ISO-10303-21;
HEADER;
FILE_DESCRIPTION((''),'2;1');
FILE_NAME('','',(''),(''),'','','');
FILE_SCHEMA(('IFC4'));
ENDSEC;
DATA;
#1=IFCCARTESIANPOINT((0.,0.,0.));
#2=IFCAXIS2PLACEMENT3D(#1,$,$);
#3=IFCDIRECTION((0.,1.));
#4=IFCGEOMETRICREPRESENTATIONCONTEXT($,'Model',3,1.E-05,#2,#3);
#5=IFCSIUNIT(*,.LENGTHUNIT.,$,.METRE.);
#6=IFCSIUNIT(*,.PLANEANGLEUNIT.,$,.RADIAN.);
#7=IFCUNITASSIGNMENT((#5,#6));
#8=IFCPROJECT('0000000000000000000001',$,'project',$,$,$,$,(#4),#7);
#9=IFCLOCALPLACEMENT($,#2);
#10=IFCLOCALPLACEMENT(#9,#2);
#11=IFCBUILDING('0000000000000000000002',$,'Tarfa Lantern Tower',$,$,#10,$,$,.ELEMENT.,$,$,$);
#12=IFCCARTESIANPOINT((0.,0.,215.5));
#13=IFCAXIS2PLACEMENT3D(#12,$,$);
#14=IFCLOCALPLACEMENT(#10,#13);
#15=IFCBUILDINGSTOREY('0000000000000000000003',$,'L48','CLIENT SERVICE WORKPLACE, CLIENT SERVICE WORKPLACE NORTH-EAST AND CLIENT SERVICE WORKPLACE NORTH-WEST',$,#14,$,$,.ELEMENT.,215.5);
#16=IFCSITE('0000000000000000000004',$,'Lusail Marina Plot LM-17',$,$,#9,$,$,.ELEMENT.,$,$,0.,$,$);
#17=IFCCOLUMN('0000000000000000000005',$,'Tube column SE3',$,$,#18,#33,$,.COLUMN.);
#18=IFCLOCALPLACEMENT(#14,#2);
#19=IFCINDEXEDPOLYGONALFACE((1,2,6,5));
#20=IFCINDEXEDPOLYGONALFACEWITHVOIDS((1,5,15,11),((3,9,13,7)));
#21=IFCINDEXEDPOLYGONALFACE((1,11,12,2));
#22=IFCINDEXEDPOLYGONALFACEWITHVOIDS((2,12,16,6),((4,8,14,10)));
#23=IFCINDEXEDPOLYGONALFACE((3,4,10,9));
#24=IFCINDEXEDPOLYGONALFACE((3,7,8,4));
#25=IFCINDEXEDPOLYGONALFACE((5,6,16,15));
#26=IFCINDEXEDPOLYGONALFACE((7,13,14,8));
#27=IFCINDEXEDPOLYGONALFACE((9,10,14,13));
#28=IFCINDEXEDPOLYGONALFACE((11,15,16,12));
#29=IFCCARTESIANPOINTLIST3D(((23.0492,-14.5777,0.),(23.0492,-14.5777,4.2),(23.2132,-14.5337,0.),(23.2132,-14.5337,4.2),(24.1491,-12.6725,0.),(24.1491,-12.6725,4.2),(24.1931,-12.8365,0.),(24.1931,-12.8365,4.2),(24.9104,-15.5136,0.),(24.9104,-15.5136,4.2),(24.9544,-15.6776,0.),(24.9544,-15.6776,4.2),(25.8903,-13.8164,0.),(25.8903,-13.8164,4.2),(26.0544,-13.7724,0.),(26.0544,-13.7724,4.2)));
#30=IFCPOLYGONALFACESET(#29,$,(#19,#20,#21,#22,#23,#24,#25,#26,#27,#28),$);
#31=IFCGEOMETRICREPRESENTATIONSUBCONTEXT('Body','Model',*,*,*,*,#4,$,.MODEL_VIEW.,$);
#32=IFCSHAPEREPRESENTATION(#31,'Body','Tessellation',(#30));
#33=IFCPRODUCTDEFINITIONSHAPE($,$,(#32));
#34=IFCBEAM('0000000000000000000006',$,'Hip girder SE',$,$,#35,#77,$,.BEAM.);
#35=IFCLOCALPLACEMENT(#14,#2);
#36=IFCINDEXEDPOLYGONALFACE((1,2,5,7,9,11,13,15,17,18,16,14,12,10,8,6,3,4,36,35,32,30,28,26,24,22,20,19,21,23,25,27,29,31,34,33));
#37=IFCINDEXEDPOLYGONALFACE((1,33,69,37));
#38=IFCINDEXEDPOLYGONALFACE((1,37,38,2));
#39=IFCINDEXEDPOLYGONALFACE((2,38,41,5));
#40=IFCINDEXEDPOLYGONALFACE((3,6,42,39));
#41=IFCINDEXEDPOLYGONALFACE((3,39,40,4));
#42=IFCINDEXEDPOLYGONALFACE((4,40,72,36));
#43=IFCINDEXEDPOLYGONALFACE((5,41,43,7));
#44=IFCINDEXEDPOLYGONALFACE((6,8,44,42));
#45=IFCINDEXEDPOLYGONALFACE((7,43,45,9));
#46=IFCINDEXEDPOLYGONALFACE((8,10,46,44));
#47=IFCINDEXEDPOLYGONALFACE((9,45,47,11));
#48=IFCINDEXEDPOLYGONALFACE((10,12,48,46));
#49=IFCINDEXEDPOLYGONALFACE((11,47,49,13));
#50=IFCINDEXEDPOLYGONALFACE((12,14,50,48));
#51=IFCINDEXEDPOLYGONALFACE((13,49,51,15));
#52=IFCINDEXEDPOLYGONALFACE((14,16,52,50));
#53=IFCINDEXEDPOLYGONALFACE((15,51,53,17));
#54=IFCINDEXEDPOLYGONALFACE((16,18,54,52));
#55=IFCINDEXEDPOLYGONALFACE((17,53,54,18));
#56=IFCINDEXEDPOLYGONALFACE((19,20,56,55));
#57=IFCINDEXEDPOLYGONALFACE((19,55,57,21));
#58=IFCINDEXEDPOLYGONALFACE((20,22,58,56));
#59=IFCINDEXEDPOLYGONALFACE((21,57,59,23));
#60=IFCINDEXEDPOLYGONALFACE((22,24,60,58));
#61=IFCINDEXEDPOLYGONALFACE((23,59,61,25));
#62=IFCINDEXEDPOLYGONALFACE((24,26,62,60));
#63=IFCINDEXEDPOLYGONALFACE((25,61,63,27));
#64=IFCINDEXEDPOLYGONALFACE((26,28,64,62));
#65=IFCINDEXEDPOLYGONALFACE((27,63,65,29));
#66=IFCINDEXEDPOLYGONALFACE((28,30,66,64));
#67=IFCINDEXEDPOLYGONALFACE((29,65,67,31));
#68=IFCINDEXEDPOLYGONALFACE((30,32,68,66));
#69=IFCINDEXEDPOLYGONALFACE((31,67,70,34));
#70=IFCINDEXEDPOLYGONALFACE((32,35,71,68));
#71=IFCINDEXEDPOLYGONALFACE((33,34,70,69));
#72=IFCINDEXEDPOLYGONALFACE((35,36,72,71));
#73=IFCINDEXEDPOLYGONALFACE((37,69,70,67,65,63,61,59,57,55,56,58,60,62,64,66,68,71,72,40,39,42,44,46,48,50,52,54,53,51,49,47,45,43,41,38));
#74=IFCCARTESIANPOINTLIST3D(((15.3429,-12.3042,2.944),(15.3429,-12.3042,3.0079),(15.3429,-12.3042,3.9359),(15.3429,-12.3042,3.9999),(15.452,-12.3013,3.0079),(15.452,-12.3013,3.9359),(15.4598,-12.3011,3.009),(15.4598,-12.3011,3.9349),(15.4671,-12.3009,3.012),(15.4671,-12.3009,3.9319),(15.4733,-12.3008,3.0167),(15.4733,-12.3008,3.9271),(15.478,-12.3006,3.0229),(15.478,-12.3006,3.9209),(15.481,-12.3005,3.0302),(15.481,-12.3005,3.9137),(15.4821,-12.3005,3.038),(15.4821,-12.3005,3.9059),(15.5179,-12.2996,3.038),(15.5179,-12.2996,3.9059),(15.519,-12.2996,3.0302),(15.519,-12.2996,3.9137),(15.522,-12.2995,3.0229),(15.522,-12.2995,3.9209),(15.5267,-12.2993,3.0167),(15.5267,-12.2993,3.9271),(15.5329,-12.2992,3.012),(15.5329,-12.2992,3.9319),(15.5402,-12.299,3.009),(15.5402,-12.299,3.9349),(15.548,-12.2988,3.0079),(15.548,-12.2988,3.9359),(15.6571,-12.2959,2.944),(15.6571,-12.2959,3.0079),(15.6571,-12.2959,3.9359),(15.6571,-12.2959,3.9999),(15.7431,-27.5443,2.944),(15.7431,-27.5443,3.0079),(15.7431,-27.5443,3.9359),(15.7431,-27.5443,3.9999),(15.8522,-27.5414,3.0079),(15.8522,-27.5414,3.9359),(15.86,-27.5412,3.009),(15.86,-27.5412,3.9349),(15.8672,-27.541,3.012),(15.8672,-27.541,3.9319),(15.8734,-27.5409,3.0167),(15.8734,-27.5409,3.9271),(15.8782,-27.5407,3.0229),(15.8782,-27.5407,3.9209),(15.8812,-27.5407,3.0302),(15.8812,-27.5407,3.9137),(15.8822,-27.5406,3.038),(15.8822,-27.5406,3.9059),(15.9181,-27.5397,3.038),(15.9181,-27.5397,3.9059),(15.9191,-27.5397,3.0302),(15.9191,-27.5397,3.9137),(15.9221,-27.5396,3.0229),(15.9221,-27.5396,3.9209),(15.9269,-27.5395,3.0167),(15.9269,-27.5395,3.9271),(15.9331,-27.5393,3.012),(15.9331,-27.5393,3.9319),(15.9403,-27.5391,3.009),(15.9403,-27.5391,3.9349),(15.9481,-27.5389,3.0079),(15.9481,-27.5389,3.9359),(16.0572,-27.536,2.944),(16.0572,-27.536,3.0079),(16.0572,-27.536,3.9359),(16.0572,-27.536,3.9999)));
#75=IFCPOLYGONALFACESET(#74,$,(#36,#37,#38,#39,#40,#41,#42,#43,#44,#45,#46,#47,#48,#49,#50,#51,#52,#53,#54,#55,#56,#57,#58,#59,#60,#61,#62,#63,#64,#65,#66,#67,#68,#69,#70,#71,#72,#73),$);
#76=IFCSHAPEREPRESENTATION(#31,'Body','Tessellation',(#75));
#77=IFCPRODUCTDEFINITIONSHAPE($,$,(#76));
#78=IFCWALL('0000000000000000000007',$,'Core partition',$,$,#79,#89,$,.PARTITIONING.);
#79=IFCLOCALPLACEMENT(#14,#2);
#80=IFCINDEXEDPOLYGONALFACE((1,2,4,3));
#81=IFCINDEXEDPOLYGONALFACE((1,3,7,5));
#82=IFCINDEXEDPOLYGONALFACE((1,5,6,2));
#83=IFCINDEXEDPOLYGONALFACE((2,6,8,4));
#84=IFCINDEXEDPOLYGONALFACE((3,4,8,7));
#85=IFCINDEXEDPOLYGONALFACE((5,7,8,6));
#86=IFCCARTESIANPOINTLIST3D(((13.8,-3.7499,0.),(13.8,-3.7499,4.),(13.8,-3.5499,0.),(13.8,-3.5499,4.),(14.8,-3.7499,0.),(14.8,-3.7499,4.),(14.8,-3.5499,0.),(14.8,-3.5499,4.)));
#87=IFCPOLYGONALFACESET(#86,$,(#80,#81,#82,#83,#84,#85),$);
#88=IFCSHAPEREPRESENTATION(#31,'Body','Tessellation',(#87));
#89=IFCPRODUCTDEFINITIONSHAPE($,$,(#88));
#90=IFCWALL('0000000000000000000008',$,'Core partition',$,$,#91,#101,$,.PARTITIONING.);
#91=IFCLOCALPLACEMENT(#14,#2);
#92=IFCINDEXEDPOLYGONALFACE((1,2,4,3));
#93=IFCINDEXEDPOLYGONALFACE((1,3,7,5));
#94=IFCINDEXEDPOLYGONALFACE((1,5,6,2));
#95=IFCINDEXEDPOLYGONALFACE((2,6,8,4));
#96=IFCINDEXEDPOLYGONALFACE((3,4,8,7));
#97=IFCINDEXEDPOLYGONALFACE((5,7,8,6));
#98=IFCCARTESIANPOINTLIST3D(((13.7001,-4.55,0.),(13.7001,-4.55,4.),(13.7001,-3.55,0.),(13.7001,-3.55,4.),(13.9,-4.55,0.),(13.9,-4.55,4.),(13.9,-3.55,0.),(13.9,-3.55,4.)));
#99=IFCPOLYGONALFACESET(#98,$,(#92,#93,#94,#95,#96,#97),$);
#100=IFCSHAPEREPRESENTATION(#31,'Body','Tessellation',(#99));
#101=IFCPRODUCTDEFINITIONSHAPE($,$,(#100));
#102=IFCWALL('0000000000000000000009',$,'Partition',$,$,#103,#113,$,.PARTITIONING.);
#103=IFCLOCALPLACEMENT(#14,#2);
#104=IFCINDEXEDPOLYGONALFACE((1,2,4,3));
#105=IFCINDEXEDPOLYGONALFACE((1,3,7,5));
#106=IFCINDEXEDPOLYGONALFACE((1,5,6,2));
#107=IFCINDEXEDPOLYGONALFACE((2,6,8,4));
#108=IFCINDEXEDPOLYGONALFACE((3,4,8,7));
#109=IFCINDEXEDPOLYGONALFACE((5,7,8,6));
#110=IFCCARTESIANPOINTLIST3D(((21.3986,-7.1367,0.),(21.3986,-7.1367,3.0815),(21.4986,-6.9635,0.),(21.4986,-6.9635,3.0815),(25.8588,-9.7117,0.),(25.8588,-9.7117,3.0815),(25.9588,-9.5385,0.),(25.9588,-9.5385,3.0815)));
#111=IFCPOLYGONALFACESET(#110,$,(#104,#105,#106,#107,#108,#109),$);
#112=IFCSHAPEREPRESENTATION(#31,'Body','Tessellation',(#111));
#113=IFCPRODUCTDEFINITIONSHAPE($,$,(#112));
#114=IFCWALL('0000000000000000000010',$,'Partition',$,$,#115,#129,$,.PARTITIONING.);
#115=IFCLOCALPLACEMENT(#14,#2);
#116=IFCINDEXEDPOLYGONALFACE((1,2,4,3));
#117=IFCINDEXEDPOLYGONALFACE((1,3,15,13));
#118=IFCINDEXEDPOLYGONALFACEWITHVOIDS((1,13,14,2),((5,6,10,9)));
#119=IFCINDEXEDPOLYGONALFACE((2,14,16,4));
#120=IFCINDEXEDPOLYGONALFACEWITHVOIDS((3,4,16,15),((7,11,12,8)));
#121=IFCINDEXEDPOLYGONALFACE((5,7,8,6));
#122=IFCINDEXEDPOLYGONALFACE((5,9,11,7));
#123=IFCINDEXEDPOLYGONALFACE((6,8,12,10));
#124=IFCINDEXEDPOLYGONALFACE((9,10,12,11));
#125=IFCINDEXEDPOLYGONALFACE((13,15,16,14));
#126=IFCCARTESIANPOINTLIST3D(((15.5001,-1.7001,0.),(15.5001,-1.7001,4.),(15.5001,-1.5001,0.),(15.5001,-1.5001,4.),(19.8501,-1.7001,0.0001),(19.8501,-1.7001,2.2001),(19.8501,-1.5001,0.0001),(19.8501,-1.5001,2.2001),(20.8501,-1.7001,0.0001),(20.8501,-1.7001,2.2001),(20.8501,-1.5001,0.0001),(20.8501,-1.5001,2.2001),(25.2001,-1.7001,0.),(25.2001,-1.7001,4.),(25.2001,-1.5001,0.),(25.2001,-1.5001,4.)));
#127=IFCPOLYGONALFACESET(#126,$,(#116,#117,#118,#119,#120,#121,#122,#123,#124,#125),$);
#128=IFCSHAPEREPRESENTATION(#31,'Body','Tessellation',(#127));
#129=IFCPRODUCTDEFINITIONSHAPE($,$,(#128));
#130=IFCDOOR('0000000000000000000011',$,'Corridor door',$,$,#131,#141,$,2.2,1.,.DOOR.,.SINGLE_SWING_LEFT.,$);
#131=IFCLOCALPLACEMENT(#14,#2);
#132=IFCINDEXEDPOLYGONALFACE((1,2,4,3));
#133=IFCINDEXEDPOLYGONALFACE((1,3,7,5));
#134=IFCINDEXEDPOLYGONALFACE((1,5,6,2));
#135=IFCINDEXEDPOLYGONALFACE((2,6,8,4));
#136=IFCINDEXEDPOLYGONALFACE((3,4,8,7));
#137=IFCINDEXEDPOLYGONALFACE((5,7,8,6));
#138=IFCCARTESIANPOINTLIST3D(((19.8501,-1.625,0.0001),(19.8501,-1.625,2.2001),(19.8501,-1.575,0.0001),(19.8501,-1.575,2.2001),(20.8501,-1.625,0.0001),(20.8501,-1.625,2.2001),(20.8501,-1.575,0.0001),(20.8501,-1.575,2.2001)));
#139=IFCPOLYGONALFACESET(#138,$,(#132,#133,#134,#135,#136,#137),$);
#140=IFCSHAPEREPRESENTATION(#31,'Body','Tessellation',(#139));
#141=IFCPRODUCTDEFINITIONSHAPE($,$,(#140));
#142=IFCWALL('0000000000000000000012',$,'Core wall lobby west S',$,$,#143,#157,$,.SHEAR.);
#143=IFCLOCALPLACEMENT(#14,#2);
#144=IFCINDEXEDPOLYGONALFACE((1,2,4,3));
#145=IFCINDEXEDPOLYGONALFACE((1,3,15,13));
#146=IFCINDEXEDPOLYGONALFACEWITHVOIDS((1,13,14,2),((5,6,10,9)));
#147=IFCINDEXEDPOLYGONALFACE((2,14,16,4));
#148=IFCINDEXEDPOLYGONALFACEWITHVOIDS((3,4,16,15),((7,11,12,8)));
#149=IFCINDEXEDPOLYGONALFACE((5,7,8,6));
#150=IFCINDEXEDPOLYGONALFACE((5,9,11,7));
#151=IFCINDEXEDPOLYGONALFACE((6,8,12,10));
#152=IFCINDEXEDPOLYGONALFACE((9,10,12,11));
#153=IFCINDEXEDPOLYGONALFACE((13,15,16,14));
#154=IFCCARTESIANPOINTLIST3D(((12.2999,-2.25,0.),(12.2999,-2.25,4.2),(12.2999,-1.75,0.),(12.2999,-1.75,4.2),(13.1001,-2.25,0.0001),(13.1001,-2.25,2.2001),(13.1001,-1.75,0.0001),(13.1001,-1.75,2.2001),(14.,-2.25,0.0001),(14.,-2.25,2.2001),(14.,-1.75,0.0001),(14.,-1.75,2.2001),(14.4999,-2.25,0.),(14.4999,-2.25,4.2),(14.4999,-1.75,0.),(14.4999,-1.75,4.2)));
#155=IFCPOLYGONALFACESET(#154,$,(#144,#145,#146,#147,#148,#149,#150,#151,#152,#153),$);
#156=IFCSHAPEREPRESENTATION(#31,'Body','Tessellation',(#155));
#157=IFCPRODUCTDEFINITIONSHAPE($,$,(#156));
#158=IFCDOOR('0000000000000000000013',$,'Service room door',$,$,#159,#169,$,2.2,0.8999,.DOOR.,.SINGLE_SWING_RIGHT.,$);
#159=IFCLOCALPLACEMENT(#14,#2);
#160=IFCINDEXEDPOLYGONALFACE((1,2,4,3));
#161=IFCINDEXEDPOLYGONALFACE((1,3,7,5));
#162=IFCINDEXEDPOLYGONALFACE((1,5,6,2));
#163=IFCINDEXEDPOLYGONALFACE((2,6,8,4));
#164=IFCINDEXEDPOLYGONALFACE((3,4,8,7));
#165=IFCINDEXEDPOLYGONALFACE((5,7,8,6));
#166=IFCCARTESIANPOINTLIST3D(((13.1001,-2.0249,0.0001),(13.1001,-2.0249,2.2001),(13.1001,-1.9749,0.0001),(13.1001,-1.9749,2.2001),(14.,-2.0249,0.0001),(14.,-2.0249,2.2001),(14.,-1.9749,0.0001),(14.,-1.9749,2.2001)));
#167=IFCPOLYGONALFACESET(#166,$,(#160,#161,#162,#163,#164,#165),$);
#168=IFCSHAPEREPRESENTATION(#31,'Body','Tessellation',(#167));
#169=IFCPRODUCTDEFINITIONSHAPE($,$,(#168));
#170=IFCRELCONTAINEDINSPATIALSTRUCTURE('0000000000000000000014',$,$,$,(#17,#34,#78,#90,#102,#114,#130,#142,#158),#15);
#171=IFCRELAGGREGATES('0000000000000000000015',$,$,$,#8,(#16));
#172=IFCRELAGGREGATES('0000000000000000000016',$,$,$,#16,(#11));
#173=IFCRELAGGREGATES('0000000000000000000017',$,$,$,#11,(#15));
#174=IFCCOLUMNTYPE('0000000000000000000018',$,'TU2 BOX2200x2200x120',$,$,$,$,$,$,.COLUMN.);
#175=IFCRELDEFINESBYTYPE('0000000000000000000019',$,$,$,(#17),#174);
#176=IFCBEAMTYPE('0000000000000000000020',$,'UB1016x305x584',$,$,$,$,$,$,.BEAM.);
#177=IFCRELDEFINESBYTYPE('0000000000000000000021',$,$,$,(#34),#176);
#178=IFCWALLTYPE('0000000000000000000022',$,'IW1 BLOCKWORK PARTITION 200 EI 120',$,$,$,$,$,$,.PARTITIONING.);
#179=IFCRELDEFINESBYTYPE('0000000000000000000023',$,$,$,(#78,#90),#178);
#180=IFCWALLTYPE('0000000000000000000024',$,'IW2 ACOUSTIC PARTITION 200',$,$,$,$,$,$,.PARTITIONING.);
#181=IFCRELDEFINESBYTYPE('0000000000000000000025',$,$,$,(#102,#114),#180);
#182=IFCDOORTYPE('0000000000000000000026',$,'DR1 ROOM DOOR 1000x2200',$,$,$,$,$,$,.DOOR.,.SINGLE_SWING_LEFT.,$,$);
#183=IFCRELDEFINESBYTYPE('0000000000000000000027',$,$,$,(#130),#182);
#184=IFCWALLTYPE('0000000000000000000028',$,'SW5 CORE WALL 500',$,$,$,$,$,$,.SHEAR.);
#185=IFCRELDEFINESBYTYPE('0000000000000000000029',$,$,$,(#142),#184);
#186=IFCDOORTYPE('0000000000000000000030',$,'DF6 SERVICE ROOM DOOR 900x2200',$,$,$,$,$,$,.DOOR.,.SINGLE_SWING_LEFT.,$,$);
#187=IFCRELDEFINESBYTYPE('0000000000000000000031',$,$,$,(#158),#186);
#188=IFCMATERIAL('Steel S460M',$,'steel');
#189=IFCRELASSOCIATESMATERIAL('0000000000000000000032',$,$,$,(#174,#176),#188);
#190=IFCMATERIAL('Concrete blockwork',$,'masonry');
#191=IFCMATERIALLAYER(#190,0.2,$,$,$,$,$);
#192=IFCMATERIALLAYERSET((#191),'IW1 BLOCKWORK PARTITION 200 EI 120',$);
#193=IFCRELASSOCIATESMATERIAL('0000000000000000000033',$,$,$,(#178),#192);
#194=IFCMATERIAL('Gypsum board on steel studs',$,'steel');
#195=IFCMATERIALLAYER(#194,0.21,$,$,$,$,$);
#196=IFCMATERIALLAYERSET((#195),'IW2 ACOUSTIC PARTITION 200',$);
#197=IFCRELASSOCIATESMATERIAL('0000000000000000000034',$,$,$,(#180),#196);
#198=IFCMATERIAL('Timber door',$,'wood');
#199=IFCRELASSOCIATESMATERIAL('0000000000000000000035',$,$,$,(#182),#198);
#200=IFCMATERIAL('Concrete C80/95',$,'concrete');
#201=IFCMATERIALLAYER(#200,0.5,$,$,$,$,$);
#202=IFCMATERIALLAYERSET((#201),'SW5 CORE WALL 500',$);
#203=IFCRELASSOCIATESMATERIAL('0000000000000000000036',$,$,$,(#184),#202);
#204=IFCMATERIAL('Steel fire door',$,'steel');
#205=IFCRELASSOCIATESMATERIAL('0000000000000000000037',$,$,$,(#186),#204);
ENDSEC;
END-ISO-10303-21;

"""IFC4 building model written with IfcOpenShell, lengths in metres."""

from ifc_helpers import new_model, si_unit, direction, frame, frame_2d, origin, origin_2d, place, context, subcontext, project, spatial, rectangle, hollow_rectangle, i_section, extrude, material, layer, layer_set, material_profile, profile_set, type_object, element, fill, save


model = new_model("IFC4")

# Units and contexts
model_context = context("Model", 3, precision=1e-05, world=origin(), true_north=direction((0.0, 1.0)))
body_context = subcontext(model_context, "Body", "Model", "MODEL_VIEW")
ifc_project = project(units=[si_unit("LENGTHUNIT", "METRE"), si_unit("PLANEANGLEUNIT", "RADIAN")], contexts=[model_context])

# Site, building, storey
site_placement = place(None, origin())
site = spatial("IfcSite", under=ifc_project, at=site_placement, Name="Lusail Marina Plot LM-17", CompositionType="ELEMENT", RefElevation=0.0)
building_placement = place(site_placement, origin())
building = spatial("IfcBuilding", under=site, at=building_placement, Name="Tarfa Lantern Tower", CompositionType="ELEMENT")
storey_placement = place(building_placement, frame((0.0, 0.0, 215.5)))
storey = spatial("IfcBuildingStorey", under=building, at=storey_placement, Name="L48", Description="CLIENT SERVICE WORKPLACE, CLIENT SERVICE WORKPLACE NORTH-EAST AND CLIENT SERVICE WORKPLACE NORTH-WEST", CompositionType="ELEMENT", Elevation=215.5)

# Column
ifc_material_1 = material(Name="Steel S460M", Category="steel")
ifc_material_profile_1 = material_profile(ifc_material_1, hollow_rectangle(XDim=2.2, YDim=2.2, WallThickness=0.1201, at=origin_2d()), Name="BOX2200x2200x120")
ifc_profile_set_1 = profile_set([ifc_material_profile_1], Name="Steel S460M")
column_type = type_object("IfcColumnType", Name="TU2 BOX2200x2200x120", PredefinedType="COLUMN", material=ifc_profile_set_1)
column_placement = place(storey_placement, frame((24.5518, -14.175, 0.0), z_axis=(0.0, 0.0, 1.0), x_axis=(0.5, 0.866025, 0.0)))
element("IfcColumn", 1, at=column_placement, inside=storey, type_object=column_type, Name="Tube column SE3", PredefinedType="COLUMN", context=body_context, shape_type="SweptSolid", body=[
    extrude(hollow_rectangle(XDim=2.2, YDim=2.2, WallThickness=0.1201, at=origin_2d()), origin(), (0.0, 0.0, 1.0), 4.2),
])

# Beam
ifc_material_profile_2 = material_profile(ifc_material_1, i_section(OverallWidth=0.3142, OverallDepth=1.0559, WebThickness=0.0359, FlangeThickness=0.064, FilletRadius=0.03, at=origin_2d()), Name="UB1016x305x584")
ifc_profile_set_2 = profile_set([ifc_material_profile_2], Name="Steel S460M")
beam_type = type_object("IfcBeamType", Name="UB1016x305x584", PredefinedType="BEAM", material=ifc_profile_set_2)
beam_placement = place(storey_placement, frame((15.5, -12.3, 3.4719), z_axis=(0.026247, -0.999655, 0.0), x_axis=(0.999655, 0.026247, 0.0)))
element("IfcBeam", 2, at=beam_placement, inside=storey, type_object=beam_type, Name="Hip girder SE", PredefinedType="BEAM", context=body_context, shape_type="SweptSolid", body=[
    extrude(i_section(OverallWidth=0.3142, OverallDepth=1.0559, WebThickness=0.0359, FlangeThickness=0.064, FilletRadius=0.03, at=origin_2d()), origin(), (0.0, 0.0, 1.0), 15.2454),
])

# Walls
ifc_material_2 = material(Name="Concrete blockwork", Category="masonry")
ifc_layer_1 = layer(ifc_material_2, 0.2)
ifc_layer_set_1 = layer_set([ifc_layer_1], Name="IW1 BLOCKWORK PARTITION 200 EI 120")
wall_type_1 = type_object("IfcWallType", Name="IW1 BLOCKWORK PARTITION 200 EI 120", PredefinedType="PARTITIONING", material=ifc_layer_set_1)
for number, where, z_axis, x_axis, name in (
    (3, (14.8, -3.6499, 0.0), (0.0, 0.0, 1.0), (-1.0, 0.0, 0.0), "Core partition"),
    (4, (13.8, -3.55, 0.0), (0.0, 0.0, 1.0), (0.0, -1.0, 0.0), "Core partition"),
):
    element("IfcWall", number, at=place(storey_placement, frame(where, z_axis=z_axis, x_axis=x_axis)), inside=storey, type_object=wall_type_1, Name=name, PredefinedType="PARTITIONING", context=body_context, shape_type="SweptSolid", body=[
        extrude(rectangle(XDim=1.0, YDim=0.2, at=frame_2d((0.5, 0.0))), origin(), (0.0, 0.0, 1.0), 4.0),
    ])
ifc_material_3 = material(Name="Gypsum board on steel studs", Category="steel")
ifc_layer_2 = layer(ifc_material_3, 0.21)
ifc_layer_set_2 = layer_set([ifc_layer_2], Name="IW2 ACOUSTIC PARTITION 200")
wall_type_2 = type_object("IfcWallType", Name="IW2 ACOUSTIC PARTITION 200", PredefinedType="PARTITIONING", material=ifc_layer_set_2)
wall_1_placement = place(storey_placement, frame((21.4485, -7.05, 0.0), z_axis=(0.0, 0.0, 1.0), x_axis=(0.866038, -0.499978, 0.0)))
element("IfcWall", 5, at=wall_1_placement, inside=storey, type_object=wall_type_2, Name="Partition", PredefinedType="PARTITIONING", context=body_context, shape_type="SweptSolid", body=[
    extrude(rectangle(XDim=5.1501, YDim=0.2, at=frame_2d((2.5752, 0.0))), origin(), (0.0, 0.0, 1.0), 3.0815),
])

# Walls, openings, doors
wall_2_placement = place(storey_placement, frame((15.5, -1.6001, 0.0), z_axis=(0.0, 0.0, 1.0), x_axis=(1.0, 0.0, 0.0)))
wall_2 = element("IfcWall", 6, at=wall_2_placement, inside=storey, type_object=wall_type_2, Name="Partition", PredefinedType="PARTITIONING", context=body_context, shape_type="SweptSolid", body=[
    extrude(rectangle(XDim=9.7, YDim=0.2, at=frame_2d((4.8501, 0.0))), origin(), (0.0, 0.0, 1.0), 4.0),
])
opening_1_placement = place(wall_2_placement, frame((4.3501, 0.0, 0.0)))
opening_1 = element("IfcOpeningElement", 7, at=opening_1_placement, cuts=wall_2, PredefinedType="OPENING", context=body_context, shape_type="SweptSolid", body=[
    extrude(rectangle(XDim=1.0, YDim=2.2, at=frame_2d((0.5, 1.1001))), frame((0.0, 0.1099, 0.0), z_axis=(0.0, -1.0, 0.0), x_axis=(1.0, 0.0, 0.0)), (0.0, 0.0, 1.0), 0.22),
])
ifc_material_4 = material(Name="Timber door", Category="wood")
door_type_1 = type_object("IfcDoorType", Name="DR1 ROOM DOOR 1000x2200", OperationType="SINGLE_SWING_LEFT", PredefinedType="DOOR", material=ifc_material_4)
door_1_placement = place(opening_1_placement, frame((1.0, 0.0, 0.0), z_axis=(0.0, 0.0, 1.0), x_axis=(-1.0, 0.0, 0.0)))
door_1 = element("IfcDoor", 8, at=door_1_placement, inside=storey, type_object=door_type_1, Name="Corridor door", OperationType="SINGLE_SWING_LEFT", OverallHeight=2.2, OverallWidth=1.0, PredefinedType="DOOR", context=body_context, shape_type="SweptSolid", body=[
    extrude(rectangle(XDim=1.0, YDim=2.2, at=frame_2d((0.5, 1.1001))), frame((0.0, 0.0249, 0.0), z_axis=(0.0, -1.0, 0.0), x_axis=(1.0, 0.0, 0.0)), (0.0, 0.0, 1.0), 0.05),
])
fill(opening_1, door_1)
ifc_material_5 = material(Name="Concrete C80/95", Category="concrete")
ifc_material_6 = material(Name="Steel fire door", Category="steel")
ifc_layer_3 = layer(ifc_material_5, 0.5)
ifc_layer_set_3 = layer_set([ifc_layer_3], Name="SW5 CORE WALL 500")
wall_type_3 = type_object("IfcWallType", Name="SW5 CORE WALL 500", PredefinedType="SHEAR", material=ifc_layer_set_3)
wall_3_placement = place(storey_placement, frame((14.5, -2.0, 0.0), z_axis=(0.0, 0.0, 1.0), x_axis=(-1.0, 0.0, 0.0)))
wall_3 = element("IfcWall", 9, at=wall_3_placement, inside=storey, type_object=wall_type_3, Name="Core wall lobby west S", PredefinedType="SHEAR", context=body_context, shape_type="SweptSolid", body=[
    extrude(rectangle(XDim=2.2, YDim=0.5, at=frame_2d((1.1001, 0.0))), origin(), (0.0, 0.0, 1.0), 4.2),
])
opening_2_placement = place(wall_3_placement, frame((0.5, 0.0, 0.0)))
opening_2 = element("IfcOpeningElement", 10, at=opening_2_placement, cuts=wall_3, PredefinedType="OPENING", context=body_context, shape_type="SweptSolid", body=[
    extrude(rectangle(XDim=0.8999, YDim=2.2, at=frame_2d((0.45, 1.1001))), frame((0.0, 0.26, 0.0), z_axis=(0.0, -1.0, 0.0), x_axis=(1.0, 0.0, 0.0)), (0.0, 0.0, 1.0), 0.52),
])
door_type_2 = type_object("IfcDoorType", Name="DF6 SERVICE ROOM DOOR 900x2200", OperationType="SINGLE_SWING_LEFT", PredefinedType="DOOR", material=ifc_material_6)
door_2_placement = place(opening_2_placement, origin())
door_2 = element("IfcDoor", 11, at=door_2_placement, inside=storey, type_object=door_type_2, Name="Service room door", OperationType="SINGLE_SWING_RIGHT", OverallHeight=2.2, OverallWidth=0.8999, PredefinedType="DOOR", context=body_context, shape_type="SweptSolid", body=[
    extrude(rectangle(XDim=0.8999, YDim=2.2, at=frame_2d((0.45, 1.1001))), frame((0.0, 0.0249, 0.0), z_axis=(0.0, -1.0, 0.0), x_axis=(1.0, 0.0, 0.0)), (0.0, 0.0, 1.0), 0.05),
])
fill(opening_2, door_2)

save(model, "model.ifc")
